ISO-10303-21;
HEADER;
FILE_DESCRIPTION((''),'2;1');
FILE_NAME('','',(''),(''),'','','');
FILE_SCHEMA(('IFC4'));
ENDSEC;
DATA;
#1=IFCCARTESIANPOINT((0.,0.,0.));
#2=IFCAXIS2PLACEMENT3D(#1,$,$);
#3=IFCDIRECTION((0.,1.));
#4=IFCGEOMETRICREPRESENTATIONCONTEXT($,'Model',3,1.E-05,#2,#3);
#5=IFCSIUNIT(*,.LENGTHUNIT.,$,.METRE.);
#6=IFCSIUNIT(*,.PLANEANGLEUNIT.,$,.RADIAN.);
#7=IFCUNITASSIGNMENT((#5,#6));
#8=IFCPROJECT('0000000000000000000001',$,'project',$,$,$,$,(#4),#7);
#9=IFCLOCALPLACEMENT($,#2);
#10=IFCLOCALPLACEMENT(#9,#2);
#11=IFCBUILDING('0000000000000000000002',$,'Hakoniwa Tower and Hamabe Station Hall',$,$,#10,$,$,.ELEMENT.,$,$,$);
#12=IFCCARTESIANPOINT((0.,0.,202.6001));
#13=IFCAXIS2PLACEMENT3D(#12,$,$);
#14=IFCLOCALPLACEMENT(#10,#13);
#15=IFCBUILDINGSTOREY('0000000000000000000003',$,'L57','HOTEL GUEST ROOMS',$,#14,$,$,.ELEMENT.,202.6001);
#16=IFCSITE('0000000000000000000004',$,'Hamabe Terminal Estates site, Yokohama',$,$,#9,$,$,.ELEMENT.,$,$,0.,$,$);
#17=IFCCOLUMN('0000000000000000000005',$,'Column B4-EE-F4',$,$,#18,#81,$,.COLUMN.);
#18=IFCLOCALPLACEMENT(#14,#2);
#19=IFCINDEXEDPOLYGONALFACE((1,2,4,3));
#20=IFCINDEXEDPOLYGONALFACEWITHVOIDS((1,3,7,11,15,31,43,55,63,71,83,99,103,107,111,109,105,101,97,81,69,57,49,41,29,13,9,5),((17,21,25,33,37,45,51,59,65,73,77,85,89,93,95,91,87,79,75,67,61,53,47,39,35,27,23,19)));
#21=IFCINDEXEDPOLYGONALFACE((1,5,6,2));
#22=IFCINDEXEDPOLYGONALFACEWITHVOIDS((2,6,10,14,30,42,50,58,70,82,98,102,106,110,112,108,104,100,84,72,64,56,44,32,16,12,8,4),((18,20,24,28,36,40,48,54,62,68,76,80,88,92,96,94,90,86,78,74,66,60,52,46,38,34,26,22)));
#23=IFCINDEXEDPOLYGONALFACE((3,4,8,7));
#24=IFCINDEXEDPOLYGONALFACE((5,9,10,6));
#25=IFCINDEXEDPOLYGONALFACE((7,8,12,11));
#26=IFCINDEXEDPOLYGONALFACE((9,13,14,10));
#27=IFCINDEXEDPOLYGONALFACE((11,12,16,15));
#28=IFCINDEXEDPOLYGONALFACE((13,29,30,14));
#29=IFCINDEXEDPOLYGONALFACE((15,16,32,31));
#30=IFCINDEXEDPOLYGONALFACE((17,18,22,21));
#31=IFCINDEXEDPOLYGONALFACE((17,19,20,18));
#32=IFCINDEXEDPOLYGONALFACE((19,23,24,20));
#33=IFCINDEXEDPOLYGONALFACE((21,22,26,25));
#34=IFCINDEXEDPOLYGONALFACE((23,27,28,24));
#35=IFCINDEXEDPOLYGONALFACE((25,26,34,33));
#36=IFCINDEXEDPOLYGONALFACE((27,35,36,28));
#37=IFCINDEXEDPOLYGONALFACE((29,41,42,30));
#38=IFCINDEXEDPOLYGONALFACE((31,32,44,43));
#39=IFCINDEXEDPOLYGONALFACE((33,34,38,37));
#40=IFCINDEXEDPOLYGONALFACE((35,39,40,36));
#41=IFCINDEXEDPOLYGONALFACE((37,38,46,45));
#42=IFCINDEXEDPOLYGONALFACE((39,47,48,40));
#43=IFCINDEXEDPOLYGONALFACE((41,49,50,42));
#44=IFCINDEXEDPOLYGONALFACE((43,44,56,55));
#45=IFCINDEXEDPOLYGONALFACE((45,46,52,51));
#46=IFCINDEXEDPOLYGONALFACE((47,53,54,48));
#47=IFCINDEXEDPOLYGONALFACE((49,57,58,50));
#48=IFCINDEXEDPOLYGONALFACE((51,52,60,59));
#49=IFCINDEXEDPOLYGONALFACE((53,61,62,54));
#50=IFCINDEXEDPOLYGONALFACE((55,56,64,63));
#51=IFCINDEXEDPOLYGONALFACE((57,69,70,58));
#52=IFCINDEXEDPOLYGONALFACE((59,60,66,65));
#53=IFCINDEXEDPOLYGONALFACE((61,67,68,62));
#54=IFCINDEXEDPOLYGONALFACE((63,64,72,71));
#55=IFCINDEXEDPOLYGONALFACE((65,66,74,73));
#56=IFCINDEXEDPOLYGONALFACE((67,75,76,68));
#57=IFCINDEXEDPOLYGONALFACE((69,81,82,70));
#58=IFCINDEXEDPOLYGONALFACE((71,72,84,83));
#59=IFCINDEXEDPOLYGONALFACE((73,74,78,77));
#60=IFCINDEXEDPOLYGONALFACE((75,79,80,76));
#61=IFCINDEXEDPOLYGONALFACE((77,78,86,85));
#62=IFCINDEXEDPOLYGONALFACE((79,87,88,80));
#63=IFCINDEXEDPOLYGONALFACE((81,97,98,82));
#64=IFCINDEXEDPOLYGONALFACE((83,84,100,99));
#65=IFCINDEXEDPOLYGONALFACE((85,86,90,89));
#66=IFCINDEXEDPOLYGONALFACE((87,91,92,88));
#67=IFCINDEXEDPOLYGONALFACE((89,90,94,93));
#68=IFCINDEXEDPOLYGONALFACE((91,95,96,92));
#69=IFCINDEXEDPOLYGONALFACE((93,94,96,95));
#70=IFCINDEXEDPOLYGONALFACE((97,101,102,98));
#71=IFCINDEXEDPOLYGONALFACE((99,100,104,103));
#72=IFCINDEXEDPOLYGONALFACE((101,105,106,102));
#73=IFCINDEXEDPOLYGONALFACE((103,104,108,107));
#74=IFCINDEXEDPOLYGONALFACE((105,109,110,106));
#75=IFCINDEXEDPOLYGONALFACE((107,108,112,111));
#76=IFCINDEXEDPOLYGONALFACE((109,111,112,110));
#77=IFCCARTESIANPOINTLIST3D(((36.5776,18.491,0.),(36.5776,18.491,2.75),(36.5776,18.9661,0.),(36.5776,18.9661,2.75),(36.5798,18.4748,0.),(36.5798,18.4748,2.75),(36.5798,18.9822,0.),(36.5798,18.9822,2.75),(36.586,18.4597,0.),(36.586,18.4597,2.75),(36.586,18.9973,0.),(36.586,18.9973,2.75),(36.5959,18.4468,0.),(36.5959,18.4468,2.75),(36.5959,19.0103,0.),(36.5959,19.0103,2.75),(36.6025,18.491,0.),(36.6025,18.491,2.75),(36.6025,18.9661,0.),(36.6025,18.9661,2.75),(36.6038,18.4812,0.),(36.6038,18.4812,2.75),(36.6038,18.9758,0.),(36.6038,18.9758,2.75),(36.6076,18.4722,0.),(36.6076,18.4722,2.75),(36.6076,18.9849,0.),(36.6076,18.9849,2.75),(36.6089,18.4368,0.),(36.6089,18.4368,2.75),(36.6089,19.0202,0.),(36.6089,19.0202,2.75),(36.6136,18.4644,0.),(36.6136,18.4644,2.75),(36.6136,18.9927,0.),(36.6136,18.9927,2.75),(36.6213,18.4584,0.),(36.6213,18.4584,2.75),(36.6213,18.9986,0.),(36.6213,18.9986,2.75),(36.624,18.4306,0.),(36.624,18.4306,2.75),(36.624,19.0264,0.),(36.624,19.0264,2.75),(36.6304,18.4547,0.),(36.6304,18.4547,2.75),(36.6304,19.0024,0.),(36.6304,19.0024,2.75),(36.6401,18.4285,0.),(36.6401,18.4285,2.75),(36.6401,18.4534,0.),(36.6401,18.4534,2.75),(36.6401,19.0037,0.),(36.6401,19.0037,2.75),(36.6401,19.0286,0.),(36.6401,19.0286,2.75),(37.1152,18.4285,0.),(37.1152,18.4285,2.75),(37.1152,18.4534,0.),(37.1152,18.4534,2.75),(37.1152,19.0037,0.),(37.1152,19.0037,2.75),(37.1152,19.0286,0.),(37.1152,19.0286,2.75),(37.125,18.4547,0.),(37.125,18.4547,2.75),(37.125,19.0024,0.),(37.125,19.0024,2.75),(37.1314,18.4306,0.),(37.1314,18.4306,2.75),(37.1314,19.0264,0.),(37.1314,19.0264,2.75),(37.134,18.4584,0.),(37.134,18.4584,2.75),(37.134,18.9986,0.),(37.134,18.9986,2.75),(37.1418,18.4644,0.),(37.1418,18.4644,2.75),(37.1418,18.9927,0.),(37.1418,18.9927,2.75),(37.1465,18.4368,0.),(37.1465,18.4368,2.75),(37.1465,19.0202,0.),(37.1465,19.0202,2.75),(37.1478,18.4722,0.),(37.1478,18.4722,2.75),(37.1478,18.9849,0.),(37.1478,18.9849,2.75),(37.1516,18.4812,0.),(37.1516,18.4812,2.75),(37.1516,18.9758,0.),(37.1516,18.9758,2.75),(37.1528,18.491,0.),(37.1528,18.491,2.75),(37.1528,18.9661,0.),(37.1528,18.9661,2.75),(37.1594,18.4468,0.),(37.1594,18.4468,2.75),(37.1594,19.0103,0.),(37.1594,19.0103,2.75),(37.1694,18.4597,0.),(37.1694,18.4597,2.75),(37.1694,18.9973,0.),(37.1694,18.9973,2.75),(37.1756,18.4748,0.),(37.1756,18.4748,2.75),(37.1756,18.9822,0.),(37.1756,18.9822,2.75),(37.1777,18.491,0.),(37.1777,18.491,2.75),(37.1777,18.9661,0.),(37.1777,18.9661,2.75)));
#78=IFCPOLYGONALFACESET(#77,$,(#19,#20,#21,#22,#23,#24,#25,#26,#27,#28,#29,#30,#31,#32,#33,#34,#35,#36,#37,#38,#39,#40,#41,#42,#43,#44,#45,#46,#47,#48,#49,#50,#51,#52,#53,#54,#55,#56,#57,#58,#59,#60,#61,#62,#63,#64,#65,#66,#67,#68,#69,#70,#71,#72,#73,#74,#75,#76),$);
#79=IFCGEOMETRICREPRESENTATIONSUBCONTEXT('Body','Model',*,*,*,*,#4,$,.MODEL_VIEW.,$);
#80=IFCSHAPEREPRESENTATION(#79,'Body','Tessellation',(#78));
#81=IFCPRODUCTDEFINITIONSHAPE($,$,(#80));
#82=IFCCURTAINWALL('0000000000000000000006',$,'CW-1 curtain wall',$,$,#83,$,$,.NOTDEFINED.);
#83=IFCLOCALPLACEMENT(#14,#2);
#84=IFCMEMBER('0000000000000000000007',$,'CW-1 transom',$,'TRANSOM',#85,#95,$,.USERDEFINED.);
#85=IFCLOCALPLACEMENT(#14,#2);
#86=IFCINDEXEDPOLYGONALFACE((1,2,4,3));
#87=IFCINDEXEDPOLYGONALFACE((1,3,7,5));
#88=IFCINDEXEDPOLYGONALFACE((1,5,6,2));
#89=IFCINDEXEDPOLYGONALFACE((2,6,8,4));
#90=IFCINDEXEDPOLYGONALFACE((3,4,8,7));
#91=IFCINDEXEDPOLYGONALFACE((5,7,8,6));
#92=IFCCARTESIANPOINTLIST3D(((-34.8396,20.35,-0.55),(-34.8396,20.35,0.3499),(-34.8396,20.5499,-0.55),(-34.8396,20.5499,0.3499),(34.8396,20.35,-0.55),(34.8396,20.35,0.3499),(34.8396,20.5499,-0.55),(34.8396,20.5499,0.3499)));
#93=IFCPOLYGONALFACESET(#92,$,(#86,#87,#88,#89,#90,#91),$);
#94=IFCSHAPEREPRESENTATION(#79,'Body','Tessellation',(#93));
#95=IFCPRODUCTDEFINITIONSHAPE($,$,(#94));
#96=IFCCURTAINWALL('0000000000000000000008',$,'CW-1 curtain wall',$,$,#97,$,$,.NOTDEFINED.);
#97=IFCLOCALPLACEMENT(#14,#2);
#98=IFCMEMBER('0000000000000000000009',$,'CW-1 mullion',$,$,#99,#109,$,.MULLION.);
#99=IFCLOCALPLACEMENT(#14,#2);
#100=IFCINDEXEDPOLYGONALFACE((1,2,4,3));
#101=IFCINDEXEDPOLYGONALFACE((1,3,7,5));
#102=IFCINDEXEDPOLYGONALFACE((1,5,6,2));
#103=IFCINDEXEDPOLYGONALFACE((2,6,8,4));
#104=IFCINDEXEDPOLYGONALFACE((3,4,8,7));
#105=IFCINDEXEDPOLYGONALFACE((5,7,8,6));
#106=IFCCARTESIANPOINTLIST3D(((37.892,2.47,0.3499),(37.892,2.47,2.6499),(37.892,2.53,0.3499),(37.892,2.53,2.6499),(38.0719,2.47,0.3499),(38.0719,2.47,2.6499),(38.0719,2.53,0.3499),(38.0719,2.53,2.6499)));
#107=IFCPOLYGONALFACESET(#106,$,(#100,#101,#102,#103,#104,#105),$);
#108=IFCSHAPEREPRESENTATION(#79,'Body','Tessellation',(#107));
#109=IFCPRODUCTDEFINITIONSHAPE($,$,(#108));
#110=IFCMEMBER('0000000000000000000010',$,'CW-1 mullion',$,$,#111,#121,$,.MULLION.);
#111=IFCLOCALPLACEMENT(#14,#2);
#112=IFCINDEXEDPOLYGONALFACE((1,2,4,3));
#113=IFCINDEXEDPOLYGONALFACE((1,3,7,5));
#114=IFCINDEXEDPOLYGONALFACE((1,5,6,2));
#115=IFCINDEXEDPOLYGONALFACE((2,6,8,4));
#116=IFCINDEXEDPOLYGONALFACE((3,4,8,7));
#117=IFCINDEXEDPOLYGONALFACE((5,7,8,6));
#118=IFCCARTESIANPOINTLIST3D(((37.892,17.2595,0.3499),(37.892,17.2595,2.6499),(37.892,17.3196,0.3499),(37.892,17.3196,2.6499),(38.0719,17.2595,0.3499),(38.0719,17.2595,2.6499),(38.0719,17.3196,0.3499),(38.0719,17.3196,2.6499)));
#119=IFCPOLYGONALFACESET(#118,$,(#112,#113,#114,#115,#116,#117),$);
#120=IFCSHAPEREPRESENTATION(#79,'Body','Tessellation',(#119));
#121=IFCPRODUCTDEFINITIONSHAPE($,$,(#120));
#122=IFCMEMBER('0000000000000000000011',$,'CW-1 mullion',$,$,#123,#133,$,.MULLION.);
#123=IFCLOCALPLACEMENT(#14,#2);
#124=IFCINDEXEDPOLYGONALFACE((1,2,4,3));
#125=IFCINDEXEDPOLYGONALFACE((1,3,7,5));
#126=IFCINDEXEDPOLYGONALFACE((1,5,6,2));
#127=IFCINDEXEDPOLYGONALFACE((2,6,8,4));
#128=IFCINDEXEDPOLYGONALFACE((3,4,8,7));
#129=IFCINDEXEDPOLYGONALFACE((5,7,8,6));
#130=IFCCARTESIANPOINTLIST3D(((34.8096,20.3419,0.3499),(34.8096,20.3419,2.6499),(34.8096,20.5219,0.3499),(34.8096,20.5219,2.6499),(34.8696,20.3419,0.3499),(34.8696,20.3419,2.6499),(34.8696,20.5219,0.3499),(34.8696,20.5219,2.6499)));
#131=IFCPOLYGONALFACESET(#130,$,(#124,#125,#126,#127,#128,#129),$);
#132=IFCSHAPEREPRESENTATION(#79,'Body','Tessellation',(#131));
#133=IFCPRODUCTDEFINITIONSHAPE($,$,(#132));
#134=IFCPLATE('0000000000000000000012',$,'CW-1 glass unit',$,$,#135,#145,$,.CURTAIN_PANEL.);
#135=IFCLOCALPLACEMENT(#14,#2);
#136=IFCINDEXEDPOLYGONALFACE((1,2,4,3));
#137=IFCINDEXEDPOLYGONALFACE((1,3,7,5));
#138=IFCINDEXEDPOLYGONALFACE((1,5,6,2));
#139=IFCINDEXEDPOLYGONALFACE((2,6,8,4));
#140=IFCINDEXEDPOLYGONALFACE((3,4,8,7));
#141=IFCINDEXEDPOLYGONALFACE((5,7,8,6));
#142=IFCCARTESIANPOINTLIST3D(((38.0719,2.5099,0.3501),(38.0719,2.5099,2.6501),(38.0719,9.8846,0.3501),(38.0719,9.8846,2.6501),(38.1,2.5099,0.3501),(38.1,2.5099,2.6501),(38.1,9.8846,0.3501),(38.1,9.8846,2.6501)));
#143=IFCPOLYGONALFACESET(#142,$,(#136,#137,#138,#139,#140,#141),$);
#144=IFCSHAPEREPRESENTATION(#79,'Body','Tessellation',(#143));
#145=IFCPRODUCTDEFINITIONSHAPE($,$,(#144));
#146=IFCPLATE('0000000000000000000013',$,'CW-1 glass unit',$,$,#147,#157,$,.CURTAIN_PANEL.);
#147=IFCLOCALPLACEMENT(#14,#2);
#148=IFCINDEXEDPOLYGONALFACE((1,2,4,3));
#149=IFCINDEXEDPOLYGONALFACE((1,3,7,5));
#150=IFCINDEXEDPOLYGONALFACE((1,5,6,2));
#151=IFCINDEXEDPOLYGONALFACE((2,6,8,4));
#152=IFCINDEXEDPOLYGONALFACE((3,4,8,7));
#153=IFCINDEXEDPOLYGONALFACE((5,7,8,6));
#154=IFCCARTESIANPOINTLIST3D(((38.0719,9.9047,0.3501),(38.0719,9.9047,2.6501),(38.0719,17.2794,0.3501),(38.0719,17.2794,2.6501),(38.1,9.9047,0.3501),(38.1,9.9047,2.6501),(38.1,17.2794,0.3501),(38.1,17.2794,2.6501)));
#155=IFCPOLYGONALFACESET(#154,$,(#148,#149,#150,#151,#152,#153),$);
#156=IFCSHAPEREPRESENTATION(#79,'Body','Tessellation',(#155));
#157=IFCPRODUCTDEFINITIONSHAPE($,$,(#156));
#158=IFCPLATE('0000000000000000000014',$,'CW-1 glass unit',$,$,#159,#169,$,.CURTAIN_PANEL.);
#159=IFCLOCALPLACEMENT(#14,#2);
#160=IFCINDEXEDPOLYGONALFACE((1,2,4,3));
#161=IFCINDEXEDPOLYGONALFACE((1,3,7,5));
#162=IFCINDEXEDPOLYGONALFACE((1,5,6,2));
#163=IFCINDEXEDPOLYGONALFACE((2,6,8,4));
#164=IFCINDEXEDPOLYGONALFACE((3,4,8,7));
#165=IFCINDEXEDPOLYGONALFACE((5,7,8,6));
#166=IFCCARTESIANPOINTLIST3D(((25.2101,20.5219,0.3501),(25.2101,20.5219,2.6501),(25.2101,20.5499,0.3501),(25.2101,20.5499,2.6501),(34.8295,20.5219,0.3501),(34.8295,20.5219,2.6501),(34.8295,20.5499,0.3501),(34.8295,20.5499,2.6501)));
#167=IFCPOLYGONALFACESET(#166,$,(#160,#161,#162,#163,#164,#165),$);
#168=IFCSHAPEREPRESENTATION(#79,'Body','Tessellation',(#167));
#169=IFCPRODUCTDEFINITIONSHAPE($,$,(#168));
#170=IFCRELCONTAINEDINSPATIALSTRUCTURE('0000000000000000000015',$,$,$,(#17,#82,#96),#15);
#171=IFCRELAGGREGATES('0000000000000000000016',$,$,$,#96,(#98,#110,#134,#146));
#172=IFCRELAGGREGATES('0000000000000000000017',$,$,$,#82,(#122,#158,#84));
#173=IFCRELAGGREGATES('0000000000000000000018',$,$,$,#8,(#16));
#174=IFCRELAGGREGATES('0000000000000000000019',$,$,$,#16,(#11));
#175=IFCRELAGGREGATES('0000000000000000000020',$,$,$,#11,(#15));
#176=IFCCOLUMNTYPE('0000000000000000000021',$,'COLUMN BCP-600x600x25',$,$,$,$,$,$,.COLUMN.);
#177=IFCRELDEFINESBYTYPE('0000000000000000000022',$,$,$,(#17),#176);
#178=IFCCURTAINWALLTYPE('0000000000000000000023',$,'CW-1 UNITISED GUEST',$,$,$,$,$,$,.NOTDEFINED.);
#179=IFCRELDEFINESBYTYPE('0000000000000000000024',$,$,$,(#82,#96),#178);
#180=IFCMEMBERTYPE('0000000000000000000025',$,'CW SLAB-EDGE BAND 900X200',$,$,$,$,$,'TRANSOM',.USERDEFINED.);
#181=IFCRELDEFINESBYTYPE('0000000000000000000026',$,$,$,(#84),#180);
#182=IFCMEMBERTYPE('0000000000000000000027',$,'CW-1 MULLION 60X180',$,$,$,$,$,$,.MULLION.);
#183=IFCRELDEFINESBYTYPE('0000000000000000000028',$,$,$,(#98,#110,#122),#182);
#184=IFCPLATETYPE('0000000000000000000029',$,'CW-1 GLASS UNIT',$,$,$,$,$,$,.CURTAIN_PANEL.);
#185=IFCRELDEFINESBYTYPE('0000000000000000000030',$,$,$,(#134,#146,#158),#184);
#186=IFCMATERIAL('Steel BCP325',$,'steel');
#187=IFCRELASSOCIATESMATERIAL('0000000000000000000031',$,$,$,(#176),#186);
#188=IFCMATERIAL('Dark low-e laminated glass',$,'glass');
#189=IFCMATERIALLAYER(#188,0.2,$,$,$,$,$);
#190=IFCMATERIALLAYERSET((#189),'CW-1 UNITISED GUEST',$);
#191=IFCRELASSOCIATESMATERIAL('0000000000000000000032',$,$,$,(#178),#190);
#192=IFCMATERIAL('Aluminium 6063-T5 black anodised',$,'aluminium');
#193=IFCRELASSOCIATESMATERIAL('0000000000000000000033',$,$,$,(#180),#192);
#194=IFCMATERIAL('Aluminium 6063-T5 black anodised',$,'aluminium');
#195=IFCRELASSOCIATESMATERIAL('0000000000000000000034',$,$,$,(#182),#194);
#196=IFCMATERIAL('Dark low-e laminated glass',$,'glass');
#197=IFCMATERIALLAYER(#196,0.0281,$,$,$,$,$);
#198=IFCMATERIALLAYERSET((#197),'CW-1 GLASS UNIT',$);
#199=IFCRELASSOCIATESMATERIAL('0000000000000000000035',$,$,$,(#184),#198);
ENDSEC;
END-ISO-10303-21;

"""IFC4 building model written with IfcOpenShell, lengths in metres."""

from ifc_helpers import new_model, si_unit, direction, frame, origin, origin_2d, place, context, subcontext, project, spatial, rectangle, hollow_rectangle, extrude, material, layer, layer_set, material_profile, profile_set, type_object, element, aggregate, save


model = new_model("IFC4")

# Units and contexts
model_context = context("Model", 3, precision=1e-05, world=origin(), true_north=direction((0.0, 1.0)))
body_context = subcontext(model_context, "Body", "Model", "MODEL_VIEW")
ifc_project = project(units=[si_unit("LENGTHUNIT", "METRE"), si_unit("PLANEANGLEUNIT", "RADIAN")], contexts=[model_context])

# Site, building, storey
site_placement = place(None, origin())
site = spatial("IfcSite", under=ifc_project, at=site_placement, Name="Hamabe Terminal Estates site, Yokohama", CompositionType="ELEMENT", RefElevation=0.0)
building_placement = place(site_placement, origin())
building = spatial("IfcBuilding", under=site, at=building_placement, Name="Hakoniwa Tower and Hamabe Station Hall", CompositionType="ELEMENT")
storey_placement = place(building_placement, frame((0.0, 0.0, 202.6001)))
storey = spatial("IfcBuildingStorey", under=building, at=storey_placement, Name="L57", Description="HOTEL GUEST ROOMS", CompositionType="ELEMENT", Elevation=202.6001)

# Column
ifc_material_1 = material(Name="Steel BCP325", Category="steel")
ifc_material_profile_1 = material_profile(ifc_material_1, hollow_rectangle(XDim=0.6001, YDim=0.6001, WallThickness=0.0249, InnerFilletRadius=0.0376, OuterFilletRadius=0.0625, at=origin_2d()), Name="BCP-600x600x25")
ifc_profile_set_1 = profile_set([ifc_material_profile_1], Name="Steel BCP325")
column_type = type_object("IfcColumnType", Name="COLUMN BCP-600x600x25", PredefinedType="COLUMN", material=ifc_profile_set_1)
for number, where, z_axis, x_axis, name in (
    (1, (36.8777, 18.7285, 0.0), (0.0, 0.0, 1.0), (1.0, 0.0, 0.0), "Column B4-EE-F4"),
):
    element("IfcColumn", number, at=place(storey_placement, frame(where, z_axis=z_axis, x_axis=x_axis)), inside=storey, type_object=column_type, Name=name, PredefinedType="COLUMN", context=body_context, shape_type="SweptSolid", body=[
        extrude(hollow_rectangle(XDim=0.6001, YDim=0.6001, WallThickness=0.0249, InnerFilletRadius=0.0376, OuterFilletRadius=0.0625, at=origin_2d()), origin(), (0.0, 0.0, 1.0), 2.75),
    ])

# Curtain wall, member
ifc_material_2 = material(Name="Dark low-e laminated glass", Category="glass")
ifc_layer_1 = layer(ifc_material_2, 0.2)
ifc_layer_set_1 = layer_set([ifc_layer_1], Name="CW-1 UNITISED GUEST")
curtain_wall_type = type_object("IfcCurtainWallType", Name="CW-1 UNITISED GUEST", PredefinedType="NOTDEFINED", material=ifc_layer_set_1)
curtain_wall_1_placement = place(storey_placement, origin())
curtain_wall_1 = element("IfcCurtainWall", 2, at=curtain_wall_1_placement, inside=storey, type_object=curtain_wall_type, Name="CW-1 curtain wall", PredefinedType="NOTDEFINED")
ifc_material_3 = material(Name="Aluminium 6063-T5 black anodised", Category="aluminium")
ifc_material_profile_2 = material_profile(ifc_material_3, rectangle(XDim=0.2, YDim=0.8999, at=origin_2d()), Name="CW SLAB-EDGE BAND 900X200")
ifc_profile_set_2 = profile_set([ifc_material_profile_2], Name="Aluminium 6063-T5 black anodised")
member_type_1 = type_object("IfcMemberType", Name="CW SLAB-EDGE BAND 900X200", ElementType="TRANSOM", PredefinedType="USERDEFINED", material=ifc_profile_set_2)
member_1_placement = place(storey_placement, frame((34.8396, 20.45, -0.1001), z_axis=(-1.0, 0.0, 0.0), x_axis=(0.0, -1.0, 0.0)))
member_1 = element("IfcMember", 3, at=member_1_placement, type_object=member_type_1, Name="CW-1 transom", ObjectType="TRANSOM", PredefinedType="USERDEFINED", context=body_context, shape_type="SweptSolid", body=[
    extrude(rectangle(XDim=0.2, YDim=0.8999, at=origin_2d()), origin(), (0.0, 0.0, 1.0), 69.6792),
])

# Curtain wall, members
curtain_wall_2_placement = place(storey_placement, origin())
curtain_wall_2 = element("IfcCurtainWall", 4, at=curtain_wall_2_placement, inside=storey, type_object=curtain_wall_type, Name="CW-1 curtain wall", PredefinedType="NOTDEFINED")
ifc_material_4 = material(Name="Aluminium 6063-T5 black anodised", Category="aluminium")
ifc_material_profile_3 = material_profile(ifc_material_4, rectangle(XDim=0.0601, YDim=0.1799, at=origin_2d()), Name="CW-1 MULLION 60X180")
ifc_profile_set_3 = profile_set([ifc_material_profile_3], Name="Aluminium 6063-T5 black anodised")
member_type_2 = type_object("IfcMemberType", Name="CW-1 MULLION 60X180", PredefinedType="MULLION", material=ifc_profile_set_3)
member_2_placement = place(storey_placement, frame((37.9819, 2.5, 0.3499), z_axis=(0.0, 0.0, 1.0), x_axis=(0.0, 1.0, 0.0)))
member_2 = element("IfcMember", 5, at=member_2_placement, type_object=member_type_2, Name="CW-1 mullion", PredefinedType="MULLION", context=body_context, shape_type="SweptSolid", body=[
    extrude(rectangle(XDim=0.0601, YDim=0.1799, at=origin_2d()), origin(), (0.0, 0.0, 1.0), 2.3),
])
member_3_placement = place(storey_placement, frame((37.9819, 17.2896, 0.3499), z_axis=(0.0, 0.0, 1.0), x_axis=(0.0, 1.0, 0.0)))
member_3 = element("IfcMember", 6, at=member_3_placement, type_object=member_type_2, Name="CW-1 mullion", PredefinedType="MULLION", context=body_context, shape_type="SweptSolid", body=[
    extrude(rectangle(XDim=0.0601, YDim=0.1799, at=origin_2d()), origin(), (0.0, 0.0, 1.0), 2.3),
])

# Member
member_4_placement = place(storey_placement, frame((34.8396, 20.4319, 0.3499), z_axis=(0.0, 0.0, 1.0), x_axis=(-1.0, 0.0, 0.0)))
member_4 = element("IfcMember", 7, at=member_4_placement, type_object=member_type_2, Name="CW-1 mullion", PredefinedType="MULLION", context=body_context, shape_type="SweptSolid", body=[
    extrude(rectangle(XDim=0.0601, YDim=0.1799, at=origin_2d()), origin(), (0.0, 0.0, 1.0), 2.3),
])

# Plates
ifc_material_5 = material(Name="Dark low-e laminated glass", Category="glass")
ifc_layer_2 = layer(ifc_material_5, 0.0281)
ifc_layer_set_2 = layer_set([ifc_layer_2], Name="CW-1 GLASS UNIT")
plate_type = type_object("IfcPlateType", Name="CW-1 GLASS UNIT", PredefinedType="CURTAIN_PANEL", material=ifc_layer_set_2)
plate_1_placement = place(storey_placement, frame((38.0859, 6.1973, 0.3501), z_axis=(0.0, 0.0, 1.0), x_axis=(0.0, 1.0, 0.0)))
plate_1 = element("IfcPlate", 8, at=plate_1_placement, type_object=plate_type, Name="CW-1 glass unit", PredefinedType="CURTAIN_PANEL", context=body_context, shape_type="SweptSolid", body=[
    extrude(rectangle(XDim=7.3748, YDim=0.0281, at=origin_2d()), origin(), (0.0, 0.0, 1.0), 2.3),
])
plate_2_placement = place(storey_placement, frame((38.0859, 13.592, 0.3501), z_axis=(0.0, 0.0, 1.0), x_axis=(0.0, 1.0, 0.0)))
plate_2 = element("IfcPlate", 9, at=plate_2_placement, type_object=plate_type, Name="CW-1 glass unit", PredefinedType="CURTAIN_PANEL", context=body_context, shape_type="SweptSolid", body=[
    extrude(rectangle(XDim=7.3748, YDim=0.0281, at=origin_2d()), origin(), (0.0, 0.0, 1.0), 2.3),
])
aggregate(curtain_wall_2, [member_2, member_3, plate_1, plate_2])
plate_3_placement = place(storey_placement, frame((30.0198, 20.5359, 0.3501), z_axis=(0.0, 0.0, 1.0), x_axis=(-1.0, 0.0, 0.0)))
plate_3 = element("IfcPlate", 10, at=plate_3_placement, type_object=plate_type, Name="CW-1 glass unit", PredefinedType="CURTAIN_PANEL", context=body_context, shape_type="SweptSolid", body=[
    extrude(rectangle(XDim=9.6194, YDim=0.0281, at=origin_2d()), origin(), (0.0, 0.0, 1.0), 2.3),
])
aggregate(curtain_wall_1, [member_4, plate_3, member_1])

save(model, "model.ifc")
